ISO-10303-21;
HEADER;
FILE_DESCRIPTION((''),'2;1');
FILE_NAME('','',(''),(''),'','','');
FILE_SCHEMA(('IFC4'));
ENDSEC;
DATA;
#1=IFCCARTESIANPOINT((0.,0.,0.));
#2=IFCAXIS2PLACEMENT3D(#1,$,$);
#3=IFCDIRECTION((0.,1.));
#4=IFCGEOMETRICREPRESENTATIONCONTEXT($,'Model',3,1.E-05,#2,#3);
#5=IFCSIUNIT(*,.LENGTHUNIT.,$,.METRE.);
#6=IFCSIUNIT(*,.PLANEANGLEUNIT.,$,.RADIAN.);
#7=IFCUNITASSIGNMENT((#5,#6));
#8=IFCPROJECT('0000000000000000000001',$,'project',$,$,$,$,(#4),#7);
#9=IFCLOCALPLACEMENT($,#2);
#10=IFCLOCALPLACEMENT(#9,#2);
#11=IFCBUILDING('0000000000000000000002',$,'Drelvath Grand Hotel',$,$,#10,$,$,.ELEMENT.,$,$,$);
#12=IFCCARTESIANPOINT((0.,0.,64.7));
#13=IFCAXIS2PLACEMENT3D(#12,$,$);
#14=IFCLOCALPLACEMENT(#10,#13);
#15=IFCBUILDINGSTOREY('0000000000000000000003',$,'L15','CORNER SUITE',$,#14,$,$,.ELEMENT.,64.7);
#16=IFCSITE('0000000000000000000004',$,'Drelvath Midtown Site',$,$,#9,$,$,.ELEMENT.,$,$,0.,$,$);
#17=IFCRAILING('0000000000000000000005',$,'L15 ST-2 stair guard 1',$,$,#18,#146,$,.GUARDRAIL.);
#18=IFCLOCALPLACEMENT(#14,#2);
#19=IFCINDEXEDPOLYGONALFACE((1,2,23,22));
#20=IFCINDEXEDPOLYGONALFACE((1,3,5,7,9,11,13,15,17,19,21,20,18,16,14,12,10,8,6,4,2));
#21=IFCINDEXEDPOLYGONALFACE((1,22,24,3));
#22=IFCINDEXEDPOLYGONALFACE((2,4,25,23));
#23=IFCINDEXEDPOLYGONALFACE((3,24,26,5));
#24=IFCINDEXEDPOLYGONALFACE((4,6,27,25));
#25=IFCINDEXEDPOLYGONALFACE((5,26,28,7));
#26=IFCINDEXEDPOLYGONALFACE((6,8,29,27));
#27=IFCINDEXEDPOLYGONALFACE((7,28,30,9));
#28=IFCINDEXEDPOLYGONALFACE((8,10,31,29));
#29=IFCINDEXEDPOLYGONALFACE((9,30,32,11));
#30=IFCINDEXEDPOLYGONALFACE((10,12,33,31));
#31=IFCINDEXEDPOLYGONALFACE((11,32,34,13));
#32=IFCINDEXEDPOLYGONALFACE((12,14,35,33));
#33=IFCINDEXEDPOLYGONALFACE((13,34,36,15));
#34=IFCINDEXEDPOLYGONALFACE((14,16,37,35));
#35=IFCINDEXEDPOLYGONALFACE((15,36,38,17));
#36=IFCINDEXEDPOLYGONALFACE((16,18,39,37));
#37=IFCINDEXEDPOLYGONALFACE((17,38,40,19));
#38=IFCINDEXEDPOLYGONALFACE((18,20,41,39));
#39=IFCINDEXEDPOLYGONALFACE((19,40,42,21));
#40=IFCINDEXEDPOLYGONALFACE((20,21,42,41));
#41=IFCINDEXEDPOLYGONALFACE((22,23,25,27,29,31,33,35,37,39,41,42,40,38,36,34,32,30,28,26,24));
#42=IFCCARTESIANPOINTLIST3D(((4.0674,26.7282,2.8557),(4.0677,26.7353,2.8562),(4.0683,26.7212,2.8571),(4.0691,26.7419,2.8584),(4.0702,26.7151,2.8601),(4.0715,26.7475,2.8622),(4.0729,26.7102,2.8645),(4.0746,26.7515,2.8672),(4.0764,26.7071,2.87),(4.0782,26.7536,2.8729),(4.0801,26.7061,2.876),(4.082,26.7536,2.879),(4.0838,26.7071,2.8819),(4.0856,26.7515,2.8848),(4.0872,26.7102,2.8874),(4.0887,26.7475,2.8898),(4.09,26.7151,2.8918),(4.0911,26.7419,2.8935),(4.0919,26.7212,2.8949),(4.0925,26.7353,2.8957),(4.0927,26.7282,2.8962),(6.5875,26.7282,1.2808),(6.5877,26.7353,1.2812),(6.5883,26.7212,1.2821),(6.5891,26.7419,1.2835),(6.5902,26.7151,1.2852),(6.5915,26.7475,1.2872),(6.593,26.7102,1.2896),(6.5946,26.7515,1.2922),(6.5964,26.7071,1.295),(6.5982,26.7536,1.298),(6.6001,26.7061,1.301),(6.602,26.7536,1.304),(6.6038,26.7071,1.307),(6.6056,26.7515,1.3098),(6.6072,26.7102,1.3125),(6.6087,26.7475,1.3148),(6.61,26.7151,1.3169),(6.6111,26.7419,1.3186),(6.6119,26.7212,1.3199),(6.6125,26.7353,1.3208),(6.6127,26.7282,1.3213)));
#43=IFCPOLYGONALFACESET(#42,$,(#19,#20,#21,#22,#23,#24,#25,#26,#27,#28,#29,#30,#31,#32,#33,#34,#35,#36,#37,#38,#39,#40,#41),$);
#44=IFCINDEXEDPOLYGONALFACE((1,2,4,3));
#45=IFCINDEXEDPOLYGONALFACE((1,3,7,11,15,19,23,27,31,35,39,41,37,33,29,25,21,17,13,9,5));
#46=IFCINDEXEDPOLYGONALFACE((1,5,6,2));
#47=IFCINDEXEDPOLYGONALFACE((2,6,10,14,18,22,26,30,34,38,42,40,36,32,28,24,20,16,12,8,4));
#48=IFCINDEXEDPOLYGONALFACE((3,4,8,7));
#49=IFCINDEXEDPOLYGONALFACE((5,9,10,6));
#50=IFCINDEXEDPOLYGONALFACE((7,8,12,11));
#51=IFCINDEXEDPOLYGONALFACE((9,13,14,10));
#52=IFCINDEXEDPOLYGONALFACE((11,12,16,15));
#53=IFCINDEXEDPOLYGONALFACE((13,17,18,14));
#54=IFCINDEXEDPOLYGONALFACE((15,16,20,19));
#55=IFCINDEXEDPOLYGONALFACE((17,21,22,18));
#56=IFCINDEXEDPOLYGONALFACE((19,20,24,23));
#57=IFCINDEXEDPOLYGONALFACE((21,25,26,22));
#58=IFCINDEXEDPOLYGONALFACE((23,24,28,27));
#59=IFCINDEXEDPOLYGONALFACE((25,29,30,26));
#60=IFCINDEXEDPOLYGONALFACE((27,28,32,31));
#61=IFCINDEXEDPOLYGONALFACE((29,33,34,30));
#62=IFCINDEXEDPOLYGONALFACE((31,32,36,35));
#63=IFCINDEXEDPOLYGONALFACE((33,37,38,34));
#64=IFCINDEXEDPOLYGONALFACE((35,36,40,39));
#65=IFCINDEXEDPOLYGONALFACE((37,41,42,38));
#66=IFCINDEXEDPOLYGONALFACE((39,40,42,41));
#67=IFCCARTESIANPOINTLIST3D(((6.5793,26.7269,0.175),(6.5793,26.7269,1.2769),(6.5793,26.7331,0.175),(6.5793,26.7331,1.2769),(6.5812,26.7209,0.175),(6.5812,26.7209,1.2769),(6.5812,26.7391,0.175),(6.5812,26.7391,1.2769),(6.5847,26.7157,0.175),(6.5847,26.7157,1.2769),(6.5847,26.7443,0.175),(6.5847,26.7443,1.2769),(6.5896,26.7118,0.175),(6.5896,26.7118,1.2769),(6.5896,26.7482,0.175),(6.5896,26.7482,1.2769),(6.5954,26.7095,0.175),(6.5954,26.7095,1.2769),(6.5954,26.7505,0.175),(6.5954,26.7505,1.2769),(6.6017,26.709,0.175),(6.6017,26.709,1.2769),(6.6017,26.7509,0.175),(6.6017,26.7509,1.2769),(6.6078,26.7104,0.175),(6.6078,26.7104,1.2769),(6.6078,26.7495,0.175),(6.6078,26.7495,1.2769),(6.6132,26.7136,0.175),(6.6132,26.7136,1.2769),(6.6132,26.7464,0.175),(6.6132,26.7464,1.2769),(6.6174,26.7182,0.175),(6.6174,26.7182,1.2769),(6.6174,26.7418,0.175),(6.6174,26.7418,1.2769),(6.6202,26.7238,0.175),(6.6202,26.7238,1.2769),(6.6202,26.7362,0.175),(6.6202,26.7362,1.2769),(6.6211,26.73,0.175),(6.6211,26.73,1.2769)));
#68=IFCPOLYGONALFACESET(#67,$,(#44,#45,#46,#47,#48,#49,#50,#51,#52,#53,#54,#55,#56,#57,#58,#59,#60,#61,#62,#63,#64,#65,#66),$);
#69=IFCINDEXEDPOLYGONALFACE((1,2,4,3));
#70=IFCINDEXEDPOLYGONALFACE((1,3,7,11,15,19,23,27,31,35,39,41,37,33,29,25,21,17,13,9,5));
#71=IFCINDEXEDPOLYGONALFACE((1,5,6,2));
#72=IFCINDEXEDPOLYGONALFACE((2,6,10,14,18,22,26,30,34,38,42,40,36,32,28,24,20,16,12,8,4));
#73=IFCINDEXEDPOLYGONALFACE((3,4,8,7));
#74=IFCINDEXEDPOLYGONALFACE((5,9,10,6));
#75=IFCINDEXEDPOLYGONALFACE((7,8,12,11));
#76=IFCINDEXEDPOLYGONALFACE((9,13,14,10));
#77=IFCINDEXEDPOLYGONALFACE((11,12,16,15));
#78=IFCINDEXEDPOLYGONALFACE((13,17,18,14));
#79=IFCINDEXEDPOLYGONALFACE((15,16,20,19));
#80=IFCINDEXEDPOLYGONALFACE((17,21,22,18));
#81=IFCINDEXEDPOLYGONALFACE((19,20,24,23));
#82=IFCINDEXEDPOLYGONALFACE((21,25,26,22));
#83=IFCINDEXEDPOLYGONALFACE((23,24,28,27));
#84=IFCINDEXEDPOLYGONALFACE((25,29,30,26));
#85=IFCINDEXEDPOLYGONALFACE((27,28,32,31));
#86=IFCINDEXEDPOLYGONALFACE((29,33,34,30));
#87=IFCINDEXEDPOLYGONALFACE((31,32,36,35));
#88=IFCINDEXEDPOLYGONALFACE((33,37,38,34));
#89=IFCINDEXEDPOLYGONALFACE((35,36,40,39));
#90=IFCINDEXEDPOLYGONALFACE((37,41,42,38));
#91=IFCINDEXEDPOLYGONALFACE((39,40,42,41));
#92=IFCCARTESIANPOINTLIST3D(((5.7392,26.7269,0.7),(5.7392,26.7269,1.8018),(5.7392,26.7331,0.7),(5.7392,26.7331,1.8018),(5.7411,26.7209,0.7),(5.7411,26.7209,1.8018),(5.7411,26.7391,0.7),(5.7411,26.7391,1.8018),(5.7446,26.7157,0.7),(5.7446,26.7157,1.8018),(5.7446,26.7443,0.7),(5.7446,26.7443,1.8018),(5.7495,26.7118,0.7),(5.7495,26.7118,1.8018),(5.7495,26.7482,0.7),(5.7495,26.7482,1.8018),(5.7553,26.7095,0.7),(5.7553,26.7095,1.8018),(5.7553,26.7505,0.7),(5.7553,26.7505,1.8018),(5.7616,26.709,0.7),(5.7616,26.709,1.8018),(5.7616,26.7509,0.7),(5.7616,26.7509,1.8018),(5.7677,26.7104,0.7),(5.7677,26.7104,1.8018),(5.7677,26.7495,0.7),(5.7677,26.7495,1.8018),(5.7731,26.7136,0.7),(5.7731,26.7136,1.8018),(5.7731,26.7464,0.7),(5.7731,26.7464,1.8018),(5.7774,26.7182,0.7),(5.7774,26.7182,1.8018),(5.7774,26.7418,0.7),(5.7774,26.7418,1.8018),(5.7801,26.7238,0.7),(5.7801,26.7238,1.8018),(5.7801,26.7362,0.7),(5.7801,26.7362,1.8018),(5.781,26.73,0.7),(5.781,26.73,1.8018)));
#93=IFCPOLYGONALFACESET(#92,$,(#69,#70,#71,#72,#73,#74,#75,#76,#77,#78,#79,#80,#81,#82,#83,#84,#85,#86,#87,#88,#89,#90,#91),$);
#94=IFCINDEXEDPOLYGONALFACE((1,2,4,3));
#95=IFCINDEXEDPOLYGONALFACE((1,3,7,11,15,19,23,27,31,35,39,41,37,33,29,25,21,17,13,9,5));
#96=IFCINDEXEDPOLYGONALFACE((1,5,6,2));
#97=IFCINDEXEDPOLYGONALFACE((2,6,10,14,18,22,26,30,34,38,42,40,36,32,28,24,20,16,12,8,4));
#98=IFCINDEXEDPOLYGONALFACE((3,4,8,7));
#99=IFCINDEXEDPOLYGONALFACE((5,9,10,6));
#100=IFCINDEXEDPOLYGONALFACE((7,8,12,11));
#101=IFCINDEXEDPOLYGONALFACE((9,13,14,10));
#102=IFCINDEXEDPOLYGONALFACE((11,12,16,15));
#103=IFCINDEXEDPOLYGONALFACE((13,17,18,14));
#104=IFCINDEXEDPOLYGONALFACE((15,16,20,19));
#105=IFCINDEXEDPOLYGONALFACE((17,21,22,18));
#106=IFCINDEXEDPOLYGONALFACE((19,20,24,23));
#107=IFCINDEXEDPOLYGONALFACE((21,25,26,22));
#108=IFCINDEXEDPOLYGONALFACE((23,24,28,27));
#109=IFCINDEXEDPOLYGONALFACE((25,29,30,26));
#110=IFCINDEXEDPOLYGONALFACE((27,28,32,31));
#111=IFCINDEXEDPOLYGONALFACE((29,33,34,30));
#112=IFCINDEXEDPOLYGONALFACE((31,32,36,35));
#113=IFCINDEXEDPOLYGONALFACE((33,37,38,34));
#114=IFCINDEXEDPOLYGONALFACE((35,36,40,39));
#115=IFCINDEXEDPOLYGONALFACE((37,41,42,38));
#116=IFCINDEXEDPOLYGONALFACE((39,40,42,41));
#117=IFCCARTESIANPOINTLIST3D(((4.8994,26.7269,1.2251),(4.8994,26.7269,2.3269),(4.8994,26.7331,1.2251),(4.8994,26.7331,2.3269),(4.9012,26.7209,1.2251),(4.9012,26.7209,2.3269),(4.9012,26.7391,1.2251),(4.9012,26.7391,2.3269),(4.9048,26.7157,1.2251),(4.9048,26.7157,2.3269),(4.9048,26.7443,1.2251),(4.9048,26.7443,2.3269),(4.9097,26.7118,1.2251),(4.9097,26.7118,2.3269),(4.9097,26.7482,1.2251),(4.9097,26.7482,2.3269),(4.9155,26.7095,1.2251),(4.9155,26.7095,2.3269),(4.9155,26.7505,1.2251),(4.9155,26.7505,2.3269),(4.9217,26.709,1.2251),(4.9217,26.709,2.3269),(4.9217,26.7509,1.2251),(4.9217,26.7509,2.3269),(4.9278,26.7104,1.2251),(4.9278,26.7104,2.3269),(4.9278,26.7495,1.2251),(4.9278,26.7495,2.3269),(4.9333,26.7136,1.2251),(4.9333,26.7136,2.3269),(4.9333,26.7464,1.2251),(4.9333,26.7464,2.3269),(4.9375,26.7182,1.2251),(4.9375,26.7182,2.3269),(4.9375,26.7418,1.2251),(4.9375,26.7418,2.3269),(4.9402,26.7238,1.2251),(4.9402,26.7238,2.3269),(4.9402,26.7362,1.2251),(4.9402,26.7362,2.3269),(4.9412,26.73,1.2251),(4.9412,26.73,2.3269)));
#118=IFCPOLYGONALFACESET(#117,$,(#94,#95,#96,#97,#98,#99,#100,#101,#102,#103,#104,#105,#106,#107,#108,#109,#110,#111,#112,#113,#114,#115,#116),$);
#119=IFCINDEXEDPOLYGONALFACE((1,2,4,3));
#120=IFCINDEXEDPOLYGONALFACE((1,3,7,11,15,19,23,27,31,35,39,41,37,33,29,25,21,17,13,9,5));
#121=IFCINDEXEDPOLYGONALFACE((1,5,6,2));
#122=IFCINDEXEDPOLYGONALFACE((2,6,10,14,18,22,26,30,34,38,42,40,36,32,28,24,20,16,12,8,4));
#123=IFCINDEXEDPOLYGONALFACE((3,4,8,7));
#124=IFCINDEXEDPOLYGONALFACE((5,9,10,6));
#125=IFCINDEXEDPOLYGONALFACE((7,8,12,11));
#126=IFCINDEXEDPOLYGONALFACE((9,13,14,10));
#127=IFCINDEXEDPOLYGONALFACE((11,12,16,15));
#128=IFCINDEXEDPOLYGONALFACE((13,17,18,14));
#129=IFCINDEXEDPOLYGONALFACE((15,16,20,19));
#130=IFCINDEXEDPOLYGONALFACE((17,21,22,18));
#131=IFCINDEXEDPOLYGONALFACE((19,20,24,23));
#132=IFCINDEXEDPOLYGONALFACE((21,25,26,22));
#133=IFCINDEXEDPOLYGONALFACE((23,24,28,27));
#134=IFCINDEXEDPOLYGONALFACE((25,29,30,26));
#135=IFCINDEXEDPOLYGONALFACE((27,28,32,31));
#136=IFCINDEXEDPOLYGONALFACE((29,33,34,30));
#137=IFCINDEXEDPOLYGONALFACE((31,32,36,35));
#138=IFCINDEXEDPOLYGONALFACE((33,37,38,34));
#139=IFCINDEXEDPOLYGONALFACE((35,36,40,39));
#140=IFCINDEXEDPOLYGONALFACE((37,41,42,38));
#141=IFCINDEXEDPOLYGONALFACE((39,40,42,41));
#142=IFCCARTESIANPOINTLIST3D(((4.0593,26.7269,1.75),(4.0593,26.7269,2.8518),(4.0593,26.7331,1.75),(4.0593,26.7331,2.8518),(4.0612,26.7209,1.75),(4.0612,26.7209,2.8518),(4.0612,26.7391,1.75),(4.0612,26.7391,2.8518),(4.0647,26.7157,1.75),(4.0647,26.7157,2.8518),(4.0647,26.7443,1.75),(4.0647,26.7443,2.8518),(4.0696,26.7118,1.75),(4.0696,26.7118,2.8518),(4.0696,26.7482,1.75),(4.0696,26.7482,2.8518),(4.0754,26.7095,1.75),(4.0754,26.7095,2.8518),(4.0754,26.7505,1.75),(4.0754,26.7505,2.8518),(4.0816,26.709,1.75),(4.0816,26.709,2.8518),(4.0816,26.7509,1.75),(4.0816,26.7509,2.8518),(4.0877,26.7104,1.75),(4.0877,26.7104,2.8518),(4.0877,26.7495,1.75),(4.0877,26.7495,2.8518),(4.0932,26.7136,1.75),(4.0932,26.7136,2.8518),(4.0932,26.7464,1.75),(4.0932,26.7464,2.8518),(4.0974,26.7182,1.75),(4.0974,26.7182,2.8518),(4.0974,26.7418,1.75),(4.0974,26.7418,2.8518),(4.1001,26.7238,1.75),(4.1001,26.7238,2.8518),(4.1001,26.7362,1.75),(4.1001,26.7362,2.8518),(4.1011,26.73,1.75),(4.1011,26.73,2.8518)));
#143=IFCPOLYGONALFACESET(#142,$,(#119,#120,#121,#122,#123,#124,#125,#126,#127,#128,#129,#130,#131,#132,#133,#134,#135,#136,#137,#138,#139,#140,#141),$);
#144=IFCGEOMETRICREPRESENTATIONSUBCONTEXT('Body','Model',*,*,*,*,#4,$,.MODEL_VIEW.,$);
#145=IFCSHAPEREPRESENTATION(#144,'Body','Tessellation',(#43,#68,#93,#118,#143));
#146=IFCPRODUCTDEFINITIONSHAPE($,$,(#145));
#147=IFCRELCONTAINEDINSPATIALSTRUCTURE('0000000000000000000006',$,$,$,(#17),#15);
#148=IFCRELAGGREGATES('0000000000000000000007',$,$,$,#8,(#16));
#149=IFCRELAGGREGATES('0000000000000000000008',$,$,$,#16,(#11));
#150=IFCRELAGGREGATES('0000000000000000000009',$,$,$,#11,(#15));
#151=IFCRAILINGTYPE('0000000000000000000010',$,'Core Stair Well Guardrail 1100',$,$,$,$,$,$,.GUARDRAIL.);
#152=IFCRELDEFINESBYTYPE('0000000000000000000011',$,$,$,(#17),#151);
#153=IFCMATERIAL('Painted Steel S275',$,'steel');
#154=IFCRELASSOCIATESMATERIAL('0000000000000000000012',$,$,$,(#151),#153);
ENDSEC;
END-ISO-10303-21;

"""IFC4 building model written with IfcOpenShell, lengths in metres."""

from ifc_helpers import new_model, si_unit, direction, frame, origin, origin_2d, place, context, subcontext, project, spatial, circle, extrude, material, type_object, element, save


model = new_model("IFC4")

# Units and contexts
model_context = context("Model", 3, precision=1e-05, world=origin(), true_north=direction((0.0, 1.0)))
body_context = subcontext(model_context, "Body", "Model", "MODEL_VIEW")
ifc_project = project(units=[si_unit("LENGTHUNIT", "METRE"), si_unit("PLANEANGLEUNIT", "RADIAN")], contexts=[model_context])

# Site, building, storey
site_placement = place(None, origin())
site = spatial("IfcSite", under=ifc_project, at=site_placement, Name="Drelvath Midtown Site", CompositionType="ELEMENT", RefElevation=0.0)
building_placement = place(site_placement, origin())
building = spatial("IfcBuilding", under=site, at=building_placement, Name="Drelvath Grand Hotel", CompositionType="ELEMENT")
storey_placement = place(building_placement, frame((0.0, 0.0, 64.7)))
storey = spatial("IfcBuildingStorey", under=building, at=storey_placement, Name="L15", Description="CORNER SUITE", CompositionType="ELEMENT", Elevation=64.7)

# Shared definitions
ifc_material_1 = material(Name="Painted Steel S275", Category="steel")

# Railing
railing_type_1 = type_object("IfcRailingType", Name="Core Stair Well Guardrail 1100", PredefinedType="GUARDRAIL", material=ifc_material_1)
railing_1_placement = place(storey_placement, frame((6.6001, 26.73, 0.175)))
element("IfcRailing", 1, at=railing_1_placement, inside=storey, type_object=railing_type_1, Name="L15 ST-2 stair guard 1", PredefinedType="GUARDRAIL", context=body_context, shape_type="SweptSolid", body=[
    extrude(circle(Radius=0.0239, at=origin_2d()), frame((0.0, 0.0, 1.126), z_axis=(-0.848008, 0.0, 0.529984), x_axis=(0.0, -1.0, 0.0)), (0.0, 0.0, 1.0), 2.9717),
    extrude(circle(Radius=0.021, at=origin_2d()), origin(), (0.0, 0.0, 1.0), 1.1018),
    extrude(circle(Radius=0.021, at=origin_2d()), frame((-0.8401, 0.0, 0.5249)), (0.0, 0.0, 1.0), 1.1018),
    extrude(circle(Radius=0.021, at=origin_2d()), frame((-1.6799, 0.0, 1.05)), (0.0, 0.0, 1.0), 1.1018),
    extrude(circle(Radius=0.021, at=origin_2d()), frame((-2.52, 0.0, 1.575)), (0.0, 0.0, 1.0), 1.1018),
])

save(model, "model.ifc")
